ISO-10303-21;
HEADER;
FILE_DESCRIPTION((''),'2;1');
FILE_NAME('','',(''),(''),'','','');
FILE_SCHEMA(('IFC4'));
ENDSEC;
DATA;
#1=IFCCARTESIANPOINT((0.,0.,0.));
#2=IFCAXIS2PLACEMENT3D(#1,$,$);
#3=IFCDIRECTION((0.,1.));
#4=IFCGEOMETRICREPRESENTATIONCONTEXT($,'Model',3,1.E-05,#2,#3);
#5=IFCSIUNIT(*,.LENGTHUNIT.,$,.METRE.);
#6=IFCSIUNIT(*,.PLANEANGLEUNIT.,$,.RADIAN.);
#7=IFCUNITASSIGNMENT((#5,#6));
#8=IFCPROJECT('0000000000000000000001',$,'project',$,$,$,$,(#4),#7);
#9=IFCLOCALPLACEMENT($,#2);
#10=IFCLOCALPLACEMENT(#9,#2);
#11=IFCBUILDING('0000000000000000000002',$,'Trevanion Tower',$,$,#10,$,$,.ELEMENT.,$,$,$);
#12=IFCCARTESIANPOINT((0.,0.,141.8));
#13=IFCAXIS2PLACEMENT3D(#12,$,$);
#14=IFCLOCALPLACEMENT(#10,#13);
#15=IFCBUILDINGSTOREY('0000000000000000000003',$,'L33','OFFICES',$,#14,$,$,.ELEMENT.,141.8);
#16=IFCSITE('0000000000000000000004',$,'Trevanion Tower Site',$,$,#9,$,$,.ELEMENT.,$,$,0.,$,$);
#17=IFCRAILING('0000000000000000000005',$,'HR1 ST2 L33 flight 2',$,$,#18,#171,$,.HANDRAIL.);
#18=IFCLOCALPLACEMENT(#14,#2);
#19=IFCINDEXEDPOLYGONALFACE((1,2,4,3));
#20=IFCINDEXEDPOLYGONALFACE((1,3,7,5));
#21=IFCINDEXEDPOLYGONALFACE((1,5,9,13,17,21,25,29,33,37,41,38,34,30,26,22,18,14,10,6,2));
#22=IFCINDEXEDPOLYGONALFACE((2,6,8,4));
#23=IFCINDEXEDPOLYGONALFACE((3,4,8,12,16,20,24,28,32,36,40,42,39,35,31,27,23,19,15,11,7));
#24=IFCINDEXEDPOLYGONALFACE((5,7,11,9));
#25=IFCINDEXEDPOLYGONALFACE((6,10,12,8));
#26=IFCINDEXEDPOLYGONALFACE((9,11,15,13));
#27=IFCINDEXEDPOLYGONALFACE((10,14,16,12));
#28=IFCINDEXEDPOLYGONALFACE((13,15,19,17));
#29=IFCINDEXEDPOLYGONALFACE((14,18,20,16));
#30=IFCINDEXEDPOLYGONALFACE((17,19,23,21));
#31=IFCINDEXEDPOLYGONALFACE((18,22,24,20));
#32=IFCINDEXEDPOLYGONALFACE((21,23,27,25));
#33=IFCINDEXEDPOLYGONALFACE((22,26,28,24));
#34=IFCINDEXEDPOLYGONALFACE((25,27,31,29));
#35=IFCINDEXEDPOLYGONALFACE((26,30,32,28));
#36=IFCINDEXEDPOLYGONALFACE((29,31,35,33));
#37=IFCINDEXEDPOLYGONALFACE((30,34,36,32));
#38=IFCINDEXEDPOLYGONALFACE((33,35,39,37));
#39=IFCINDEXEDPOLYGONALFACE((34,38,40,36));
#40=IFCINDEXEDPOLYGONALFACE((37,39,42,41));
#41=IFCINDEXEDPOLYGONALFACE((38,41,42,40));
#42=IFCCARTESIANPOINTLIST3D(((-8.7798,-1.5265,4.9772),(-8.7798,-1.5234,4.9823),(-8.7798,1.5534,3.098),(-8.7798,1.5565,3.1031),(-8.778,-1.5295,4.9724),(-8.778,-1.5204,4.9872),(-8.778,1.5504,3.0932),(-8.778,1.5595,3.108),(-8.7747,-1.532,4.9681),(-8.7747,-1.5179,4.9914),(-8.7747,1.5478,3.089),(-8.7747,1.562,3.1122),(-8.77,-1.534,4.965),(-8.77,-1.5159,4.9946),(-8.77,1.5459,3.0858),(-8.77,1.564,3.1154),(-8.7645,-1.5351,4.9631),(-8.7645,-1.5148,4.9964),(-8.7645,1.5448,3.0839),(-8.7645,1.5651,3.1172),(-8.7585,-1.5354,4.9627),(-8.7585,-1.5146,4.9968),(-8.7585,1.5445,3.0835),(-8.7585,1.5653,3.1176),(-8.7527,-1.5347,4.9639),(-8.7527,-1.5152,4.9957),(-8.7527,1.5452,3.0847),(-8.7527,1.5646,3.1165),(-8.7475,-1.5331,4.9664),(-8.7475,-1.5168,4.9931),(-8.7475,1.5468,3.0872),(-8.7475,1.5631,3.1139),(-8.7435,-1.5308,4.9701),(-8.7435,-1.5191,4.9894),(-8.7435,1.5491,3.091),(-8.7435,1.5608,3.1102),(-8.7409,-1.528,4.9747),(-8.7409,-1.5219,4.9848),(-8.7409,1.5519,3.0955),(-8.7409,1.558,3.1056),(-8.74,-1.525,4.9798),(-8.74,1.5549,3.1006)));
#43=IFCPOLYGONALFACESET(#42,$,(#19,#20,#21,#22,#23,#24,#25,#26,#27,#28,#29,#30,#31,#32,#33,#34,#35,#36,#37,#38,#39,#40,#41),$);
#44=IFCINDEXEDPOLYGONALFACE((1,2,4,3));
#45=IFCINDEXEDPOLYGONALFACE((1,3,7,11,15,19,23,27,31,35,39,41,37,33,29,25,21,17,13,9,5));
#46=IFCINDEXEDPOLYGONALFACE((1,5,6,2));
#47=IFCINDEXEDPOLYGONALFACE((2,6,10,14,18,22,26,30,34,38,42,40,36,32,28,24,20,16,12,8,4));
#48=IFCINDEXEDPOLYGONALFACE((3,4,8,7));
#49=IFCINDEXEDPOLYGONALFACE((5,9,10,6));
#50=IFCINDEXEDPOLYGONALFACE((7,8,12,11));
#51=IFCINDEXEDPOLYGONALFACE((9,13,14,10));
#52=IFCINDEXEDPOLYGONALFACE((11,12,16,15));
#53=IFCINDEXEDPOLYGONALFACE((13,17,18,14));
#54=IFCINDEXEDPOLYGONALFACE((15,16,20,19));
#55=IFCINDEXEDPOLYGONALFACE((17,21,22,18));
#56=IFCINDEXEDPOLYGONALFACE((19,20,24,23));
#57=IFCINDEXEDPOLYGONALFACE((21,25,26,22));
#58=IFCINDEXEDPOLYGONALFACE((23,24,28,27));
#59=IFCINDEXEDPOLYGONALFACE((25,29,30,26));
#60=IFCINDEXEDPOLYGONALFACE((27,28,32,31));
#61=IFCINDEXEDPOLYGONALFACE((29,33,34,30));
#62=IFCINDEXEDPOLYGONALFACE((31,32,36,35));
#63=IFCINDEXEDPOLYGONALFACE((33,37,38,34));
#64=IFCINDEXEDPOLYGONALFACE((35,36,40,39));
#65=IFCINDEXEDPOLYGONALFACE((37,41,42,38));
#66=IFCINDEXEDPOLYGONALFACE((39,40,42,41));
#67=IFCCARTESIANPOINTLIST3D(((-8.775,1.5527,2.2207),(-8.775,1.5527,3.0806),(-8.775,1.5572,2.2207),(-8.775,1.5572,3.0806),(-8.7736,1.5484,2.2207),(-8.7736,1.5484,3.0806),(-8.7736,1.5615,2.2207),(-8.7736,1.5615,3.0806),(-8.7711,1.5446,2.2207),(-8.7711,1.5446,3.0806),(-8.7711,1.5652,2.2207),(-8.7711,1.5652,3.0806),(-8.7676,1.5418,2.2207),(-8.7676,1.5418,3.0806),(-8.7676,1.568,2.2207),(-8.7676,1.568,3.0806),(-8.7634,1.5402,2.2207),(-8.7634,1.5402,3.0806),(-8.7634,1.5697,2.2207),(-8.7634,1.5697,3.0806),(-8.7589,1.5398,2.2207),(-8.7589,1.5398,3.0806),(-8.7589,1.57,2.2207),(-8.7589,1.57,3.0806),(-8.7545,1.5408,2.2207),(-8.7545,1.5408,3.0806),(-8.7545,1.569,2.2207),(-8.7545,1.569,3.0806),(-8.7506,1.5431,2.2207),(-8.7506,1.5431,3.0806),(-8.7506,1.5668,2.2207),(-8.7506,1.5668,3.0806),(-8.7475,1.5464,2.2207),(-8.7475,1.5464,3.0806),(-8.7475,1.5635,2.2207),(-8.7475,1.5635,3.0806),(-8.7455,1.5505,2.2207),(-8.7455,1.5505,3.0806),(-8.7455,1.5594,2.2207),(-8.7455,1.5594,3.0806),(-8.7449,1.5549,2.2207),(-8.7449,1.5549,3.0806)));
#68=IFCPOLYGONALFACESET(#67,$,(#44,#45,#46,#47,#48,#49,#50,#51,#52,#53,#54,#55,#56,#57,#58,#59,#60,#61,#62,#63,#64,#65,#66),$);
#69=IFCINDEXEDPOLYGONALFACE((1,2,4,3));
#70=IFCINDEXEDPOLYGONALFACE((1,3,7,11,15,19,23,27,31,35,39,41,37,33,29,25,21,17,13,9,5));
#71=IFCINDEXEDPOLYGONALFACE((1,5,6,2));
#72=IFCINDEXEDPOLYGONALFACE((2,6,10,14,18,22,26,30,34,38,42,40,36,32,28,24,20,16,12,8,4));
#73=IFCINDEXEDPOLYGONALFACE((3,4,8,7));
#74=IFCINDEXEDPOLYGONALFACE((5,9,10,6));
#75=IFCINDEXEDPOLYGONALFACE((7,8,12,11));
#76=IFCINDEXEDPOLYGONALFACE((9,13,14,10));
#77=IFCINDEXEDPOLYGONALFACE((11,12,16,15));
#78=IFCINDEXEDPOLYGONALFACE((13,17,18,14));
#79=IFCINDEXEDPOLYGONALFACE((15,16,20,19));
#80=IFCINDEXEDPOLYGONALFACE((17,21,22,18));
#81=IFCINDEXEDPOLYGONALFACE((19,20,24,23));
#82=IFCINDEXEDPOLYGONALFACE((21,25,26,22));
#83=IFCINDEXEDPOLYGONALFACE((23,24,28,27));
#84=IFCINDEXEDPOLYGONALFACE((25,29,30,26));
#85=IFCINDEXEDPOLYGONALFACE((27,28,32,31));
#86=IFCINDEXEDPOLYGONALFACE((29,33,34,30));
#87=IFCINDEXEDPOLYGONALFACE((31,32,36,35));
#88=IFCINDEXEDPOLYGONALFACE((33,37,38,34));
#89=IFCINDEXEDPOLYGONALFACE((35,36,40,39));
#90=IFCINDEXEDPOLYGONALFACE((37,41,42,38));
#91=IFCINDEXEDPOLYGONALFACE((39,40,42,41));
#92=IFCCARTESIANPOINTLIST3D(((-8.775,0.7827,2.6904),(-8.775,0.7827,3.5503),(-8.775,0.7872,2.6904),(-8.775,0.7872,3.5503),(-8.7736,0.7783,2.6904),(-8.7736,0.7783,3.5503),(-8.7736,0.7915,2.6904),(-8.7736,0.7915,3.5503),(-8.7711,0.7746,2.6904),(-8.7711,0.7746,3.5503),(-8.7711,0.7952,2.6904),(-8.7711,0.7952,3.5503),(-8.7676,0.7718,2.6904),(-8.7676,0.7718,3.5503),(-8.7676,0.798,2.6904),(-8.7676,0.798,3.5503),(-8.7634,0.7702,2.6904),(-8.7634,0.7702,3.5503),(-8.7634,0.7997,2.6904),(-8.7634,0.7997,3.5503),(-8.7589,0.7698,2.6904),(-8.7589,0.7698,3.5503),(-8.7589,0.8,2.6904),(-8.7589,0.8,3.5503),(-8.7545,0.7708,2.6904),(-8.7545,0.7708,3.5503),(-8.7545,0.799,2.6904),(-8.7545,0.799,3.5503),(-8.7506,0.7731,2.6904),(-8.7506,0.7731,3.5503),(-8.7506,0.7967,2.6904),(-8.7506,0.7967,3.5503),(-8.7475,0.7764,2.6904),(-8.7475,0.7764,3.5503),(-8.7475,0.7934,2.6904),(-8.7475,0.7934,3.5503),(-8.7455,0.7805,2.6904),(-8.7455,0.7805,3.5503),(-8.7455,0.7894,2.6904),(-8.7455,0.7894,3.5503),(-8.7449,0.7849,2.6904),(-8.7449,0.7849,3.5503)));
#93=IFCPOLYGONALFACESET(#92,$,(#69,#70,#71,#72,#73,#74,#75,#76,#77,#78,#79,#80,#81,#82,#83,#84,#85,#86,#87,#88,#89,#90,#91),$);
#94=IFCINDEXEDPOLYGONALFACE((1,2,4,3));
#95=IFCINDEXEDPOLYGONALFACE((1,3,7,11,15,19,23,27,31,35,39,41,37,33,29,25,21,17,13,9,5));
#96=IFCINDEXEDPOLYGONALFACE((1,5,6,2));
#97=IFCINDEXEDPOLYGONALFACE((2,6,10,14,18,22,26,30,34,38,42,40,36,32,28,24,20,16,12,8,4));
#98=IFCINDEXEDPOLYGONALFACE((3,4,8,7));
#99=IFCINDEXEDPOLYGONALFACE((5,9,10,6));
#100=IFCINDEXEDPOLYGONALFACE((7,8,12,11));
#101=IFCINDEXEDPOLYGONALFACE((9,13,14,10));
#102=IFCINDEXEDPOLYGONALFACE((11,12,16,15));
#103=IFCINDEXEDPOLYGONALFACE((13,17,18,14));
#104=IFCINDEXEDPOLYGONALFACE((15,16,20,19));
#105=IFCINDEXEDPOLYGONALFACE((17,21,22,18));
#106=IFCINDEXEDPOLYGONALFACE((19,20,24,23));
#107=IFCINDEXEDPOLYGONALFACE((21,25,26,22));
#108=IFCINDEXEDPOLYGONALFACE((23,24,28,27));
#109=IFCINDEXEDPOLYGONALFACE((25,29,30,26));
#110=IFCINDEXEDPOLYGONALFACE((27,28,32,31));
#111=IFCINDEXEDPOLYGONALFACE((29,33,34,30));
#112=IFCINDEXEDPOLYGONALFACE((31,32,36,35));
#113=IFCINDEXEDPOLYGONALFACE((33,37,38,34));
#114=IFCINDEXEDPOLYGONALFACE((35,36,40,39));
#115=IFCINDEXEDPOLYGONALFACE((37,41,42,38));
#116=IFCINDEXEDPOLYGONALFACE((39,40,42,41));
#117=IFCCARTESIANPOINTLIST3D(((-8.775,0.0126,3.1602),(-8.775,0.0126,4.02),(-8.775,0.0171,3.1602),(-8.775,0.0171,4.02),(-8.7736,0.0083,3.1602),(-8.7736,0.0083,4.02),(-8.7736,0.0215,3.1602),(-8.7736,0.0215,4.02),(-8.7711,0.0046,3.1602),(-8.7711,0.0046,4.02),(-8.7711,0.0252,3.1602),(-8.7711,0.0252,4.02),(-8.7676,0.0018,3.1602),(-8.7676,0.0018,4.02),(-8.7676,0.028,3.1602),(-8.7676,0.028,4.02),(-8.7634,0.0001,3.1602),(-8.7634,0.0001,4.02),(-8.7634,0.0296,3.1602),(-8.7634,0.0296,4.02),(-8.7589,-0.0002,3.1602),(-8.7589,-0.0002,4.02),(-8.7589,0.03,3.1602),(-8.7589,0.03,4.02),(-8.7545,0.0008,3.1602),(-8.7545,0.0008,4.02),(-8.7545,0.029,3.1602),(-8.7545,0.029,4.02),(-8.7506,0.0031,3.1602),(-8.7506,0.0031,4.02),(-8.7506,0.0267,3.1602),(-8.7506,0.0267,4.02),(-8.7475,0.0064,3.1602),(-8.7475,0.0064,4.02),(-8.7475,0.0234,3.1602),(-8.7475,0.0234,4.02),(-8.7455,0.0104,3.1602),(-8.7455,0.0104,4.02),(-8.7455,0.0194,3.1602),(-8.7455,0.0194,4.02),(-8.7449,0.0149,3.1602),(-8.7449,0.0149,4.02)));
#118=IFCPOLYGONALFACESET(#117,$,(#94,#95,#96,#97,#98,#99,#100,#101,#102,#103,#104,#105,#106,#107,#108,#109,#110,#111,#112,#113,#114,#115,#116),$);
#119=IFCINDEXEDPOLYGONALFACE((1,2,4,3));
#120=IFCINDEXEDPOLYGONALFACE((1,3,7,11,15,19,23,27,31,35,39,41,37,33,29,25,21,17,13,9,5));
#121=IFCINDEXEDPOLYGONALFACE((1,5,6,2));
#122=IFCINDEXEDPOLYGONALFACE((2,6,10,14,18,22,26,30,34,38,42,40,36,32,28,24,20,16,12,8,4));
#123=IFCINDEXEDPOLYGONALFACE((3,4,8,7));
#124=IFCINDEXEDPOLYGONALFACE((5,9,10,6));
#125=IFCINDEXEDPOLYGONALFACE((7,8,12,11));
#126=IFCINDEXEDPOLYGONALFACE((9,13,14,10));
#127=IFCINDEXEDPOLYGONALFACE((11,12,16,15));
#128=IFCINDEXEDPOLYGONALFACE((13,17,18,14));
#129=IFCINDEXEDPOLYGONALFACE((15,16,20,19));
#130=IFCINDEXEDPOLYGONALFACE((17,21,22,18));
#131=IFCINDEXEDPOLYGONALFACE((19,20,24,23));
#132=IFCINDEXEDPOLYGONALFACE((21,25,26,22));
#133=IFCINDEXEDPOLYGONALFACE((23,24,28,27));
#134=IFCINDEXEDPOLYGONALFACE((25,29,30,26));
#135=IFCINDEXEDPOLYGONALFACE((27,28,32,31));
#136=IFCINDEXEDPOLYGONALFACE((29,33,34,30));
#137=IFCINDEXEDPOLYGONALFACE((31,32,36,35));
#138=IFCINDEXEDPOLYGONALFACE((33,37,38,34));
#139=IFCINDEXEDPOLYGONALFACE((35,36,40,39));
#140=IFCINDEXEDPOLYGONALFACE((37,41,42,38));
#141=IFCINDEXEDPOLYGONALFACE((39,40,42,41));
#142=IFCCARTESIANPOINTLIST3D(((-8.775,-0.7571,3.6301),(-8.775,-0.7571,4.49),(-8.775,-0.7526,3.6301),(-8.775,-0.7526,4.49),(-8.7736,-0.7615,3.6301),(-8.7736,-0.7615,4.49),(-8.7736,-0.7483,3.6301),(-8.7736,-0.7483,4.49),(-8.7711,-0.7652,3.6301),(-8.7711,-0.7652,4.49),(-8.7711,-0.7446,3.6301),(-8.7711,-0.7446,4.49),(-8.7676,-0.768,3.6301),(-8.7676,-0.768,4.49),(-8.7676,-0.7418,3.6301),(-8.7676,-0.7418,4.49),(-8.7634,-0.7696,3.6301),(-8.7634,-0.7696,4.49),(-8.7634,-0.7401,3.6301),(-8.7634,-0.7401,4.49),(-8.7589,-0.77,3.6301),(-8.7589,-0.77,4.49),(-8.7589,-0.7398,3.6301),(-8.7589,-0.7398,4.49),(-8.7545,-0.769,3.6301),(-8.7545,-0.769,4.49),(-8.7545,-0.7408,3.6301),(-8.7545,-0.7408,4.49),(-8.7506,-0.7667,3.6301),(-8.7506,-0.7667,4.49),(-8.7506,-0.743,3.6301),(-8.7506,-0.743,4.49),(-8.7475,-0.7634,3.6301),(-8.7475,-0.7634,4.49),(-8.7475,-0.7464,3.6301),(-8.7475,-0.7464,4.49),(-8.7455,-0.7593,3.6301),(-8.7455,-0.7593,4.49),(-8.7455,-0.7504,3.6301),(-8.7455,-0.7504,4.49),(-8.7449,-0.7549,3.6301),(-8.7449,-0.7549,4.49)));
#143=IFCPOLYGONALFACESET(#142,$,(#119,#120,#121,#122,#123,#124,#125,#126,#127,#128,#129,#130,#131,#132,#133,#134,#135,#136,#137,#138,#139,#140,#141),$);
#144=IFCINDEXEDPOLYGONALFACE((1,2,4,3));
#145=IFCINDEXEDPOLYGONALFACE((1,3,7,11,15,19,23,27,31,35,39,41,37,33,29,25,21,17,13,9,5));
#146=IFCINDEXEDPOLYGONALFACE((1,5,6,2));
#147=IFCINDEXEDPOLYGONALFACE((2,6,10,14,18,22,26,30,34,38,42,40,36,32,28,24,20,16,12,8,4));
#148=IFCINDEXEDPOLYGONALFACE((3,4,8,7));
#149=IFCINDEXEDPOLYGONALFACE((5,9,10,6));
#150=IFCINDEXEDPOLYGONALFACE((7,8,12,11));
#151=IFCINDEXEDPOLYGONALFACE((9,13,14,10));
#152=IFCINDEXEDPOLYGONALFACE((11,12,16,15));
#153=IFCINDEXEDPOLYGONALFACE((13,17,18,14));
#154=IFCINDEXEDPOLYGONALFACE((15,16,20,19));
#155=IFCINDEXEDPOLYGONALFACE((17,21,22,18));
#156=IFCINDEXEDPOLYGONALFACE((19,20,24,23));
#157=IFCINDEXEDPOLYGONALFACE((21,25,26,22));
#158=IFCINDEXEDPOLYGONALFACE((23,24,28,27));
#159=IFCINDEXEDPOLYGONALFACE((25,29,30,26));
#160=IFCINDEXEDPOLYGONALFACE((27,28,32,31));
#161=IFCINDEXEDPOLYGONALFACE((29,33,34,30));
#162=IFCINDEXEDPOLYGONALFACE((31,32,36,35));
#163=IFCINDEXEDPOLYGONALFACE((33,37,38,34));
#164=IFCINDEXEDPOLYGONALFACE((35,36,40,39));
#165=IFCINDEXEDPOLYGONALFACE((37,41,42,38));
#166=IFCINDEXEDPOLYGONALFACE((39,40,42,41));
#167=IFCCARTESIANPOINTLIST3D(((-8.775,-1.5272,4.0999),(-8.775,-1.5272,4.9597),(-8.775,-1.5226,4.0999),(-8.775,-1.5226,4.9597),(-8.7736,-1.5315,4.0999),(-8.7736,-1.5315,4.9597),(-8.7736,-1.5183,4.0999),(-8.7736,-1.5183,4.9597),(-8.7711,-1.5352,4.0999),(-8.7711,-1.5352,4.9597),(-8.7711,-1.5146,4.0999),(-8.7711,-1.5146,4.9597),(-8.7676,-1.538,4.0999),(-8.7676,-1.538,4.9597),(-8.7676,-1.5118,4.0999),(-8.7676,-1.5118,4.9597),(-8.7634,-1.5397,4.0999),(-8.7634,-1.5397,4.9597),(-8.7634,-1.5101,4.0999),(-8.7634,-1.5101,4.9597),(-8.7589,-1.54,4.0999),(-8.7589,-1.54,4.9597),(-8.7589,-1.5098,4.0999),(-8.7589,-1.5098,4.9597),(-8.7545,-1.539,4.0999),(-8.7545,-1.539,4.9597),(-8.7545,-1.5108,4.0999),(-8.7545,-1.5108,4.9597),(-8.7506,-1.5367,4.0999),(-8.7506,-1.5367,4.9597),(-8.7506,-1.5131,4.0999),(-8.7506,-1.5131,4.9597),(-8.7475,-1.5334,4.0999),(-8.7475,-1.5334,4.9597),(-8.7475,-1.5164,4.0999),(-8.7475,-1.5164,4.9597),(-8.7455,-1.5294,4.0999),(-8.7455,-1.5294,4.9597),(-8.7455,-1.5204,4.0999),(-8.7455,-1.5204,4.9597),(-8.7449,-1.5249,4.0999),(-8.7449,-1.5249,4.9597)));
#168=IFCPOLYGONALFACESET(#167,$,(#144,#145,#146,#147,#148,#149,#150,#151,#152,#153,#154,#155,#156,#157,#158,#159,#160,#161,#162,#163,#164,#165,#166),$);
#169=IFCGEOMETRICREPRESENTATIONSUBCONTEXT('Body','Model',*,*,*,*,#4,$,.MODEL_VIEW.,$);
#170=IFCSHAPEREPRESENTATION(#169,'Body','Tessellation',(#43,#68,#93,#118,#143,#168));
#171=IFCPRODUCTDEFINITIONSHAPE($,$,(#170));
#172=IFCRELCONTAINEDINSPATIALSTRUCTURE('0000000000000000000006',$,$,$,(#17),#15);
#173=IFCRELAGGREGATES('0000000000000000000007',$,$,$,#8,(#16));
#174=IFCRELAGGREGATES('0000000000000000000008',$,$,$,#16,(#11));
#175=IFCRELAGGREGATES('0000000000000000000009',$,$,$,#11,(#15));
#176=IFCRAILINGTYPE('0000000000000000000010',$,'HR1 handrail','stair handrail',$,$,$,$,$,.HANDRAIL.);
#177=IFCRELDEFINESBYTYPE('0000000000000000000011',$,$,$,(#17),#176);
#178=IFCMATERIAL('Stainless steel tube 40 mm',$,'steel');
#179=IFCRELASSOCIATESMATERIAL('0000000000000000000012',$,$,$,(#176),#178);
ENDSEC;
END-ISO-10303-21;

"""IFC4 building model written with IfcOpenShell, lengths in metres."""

from ifc_helpers import new_model, si_unit, direction, frame, origin, origin_2d, place, context, subcontext, project, spatial, circle, extrude, material, type_object, element, save


model = new_model("IFC4")

# Units and contexts
model_context = context("Model", 3, precision=1e-05, world=origin(), true_north=direction((0.0, 1.0)))
body_context = subcontext(model_context, "Body", "Model", "MODEL_VIEW")
ifc_project = project(units=[si_unit("LENGTHUNIT", "METRE"), si_unit("PLANEANGLEUNIT", "RADIAN")], contexts=[model_context])

# Site, building, storey
site_placement = place(None, origin())
site = spatial("IfcSite", under=ifc_project, at=site_placement, Name="Trevanion Tower Site", CompositionType="ELEMENT", RefElevation=0.0)
building_placement = place(site_placement, origin())
building = spatial("IfcBuilding", under=site, at=building_placement, Name="Trevanion Tower", CompositionType="ELEMENT")
storey_placement = place(building_placement, frame((0.0, 0.0, 141.8)))
storey = spatial("IfcBuildingStorey", under=building, at=storey_placement, Name="L33", Description="OFFICES", CompositionType="ELEMENT", Elevation=141.8)

# Railing
ifc_material_1 = material(Name="Stainless steel tube 40 mm", Category="steel")
railing_type = type_object("IfcRailingType", Name="HR1 handrail", Description="stair handrail", PredefinedType="HANDRAIL", material=ifc_material_1)
for number, where, name in (
    (1, (-8.76, 1.5549, 2.2207), "HR1 ST2 L33 flight 2"),
):
    element("IfcRailing", number, at=place(storey_placement, frame(where)), inside=storey, type_object=railing_type, Name=name, PredefinedType="HANDRAIL", context=body_context, shape_type="SweptSolid", body=[
        extrude(circle(Radius=0.02, at=origin_2d()), frame((0.0, 0.0, 0.8799), z_axis=(0.0, -0.853648, 0.52085), x_axis=(1.0, 0.0, 0.0)), (0.0, 0.0, 1.0), 3.6079),
        extrude(circle(Radius=0.0151, at=origin_2d()), origin(), (0.0, 0.0, 1.0), 0.8599),
        extrude(circle(Radius=0.0151, at=origin_2d()), frame((0.0, -0.77, 0.4697)), (0.0, 0.0, 1.0), 0.8599),
        extrude(circle(Radius=0.0151, at=origin_2d()), frame((0.0, -1.54, 0.9395)), (0.0, 0.0, 1.0), 0.8599),
        extrude(circle(Radius=0.0151, at=origin_2d()), frame((0.0, -2.3098, 1.4094)), (0.0, 0.0, 1.0), 0.8599),
        extrude(circle(Radius=0.0151, at=origin_2d()), frame((0.0, -3.0798, 1.8792)), (0.0, 0.0, 1.0), 0.8599),
    ])

save(model, "model.ifc")
